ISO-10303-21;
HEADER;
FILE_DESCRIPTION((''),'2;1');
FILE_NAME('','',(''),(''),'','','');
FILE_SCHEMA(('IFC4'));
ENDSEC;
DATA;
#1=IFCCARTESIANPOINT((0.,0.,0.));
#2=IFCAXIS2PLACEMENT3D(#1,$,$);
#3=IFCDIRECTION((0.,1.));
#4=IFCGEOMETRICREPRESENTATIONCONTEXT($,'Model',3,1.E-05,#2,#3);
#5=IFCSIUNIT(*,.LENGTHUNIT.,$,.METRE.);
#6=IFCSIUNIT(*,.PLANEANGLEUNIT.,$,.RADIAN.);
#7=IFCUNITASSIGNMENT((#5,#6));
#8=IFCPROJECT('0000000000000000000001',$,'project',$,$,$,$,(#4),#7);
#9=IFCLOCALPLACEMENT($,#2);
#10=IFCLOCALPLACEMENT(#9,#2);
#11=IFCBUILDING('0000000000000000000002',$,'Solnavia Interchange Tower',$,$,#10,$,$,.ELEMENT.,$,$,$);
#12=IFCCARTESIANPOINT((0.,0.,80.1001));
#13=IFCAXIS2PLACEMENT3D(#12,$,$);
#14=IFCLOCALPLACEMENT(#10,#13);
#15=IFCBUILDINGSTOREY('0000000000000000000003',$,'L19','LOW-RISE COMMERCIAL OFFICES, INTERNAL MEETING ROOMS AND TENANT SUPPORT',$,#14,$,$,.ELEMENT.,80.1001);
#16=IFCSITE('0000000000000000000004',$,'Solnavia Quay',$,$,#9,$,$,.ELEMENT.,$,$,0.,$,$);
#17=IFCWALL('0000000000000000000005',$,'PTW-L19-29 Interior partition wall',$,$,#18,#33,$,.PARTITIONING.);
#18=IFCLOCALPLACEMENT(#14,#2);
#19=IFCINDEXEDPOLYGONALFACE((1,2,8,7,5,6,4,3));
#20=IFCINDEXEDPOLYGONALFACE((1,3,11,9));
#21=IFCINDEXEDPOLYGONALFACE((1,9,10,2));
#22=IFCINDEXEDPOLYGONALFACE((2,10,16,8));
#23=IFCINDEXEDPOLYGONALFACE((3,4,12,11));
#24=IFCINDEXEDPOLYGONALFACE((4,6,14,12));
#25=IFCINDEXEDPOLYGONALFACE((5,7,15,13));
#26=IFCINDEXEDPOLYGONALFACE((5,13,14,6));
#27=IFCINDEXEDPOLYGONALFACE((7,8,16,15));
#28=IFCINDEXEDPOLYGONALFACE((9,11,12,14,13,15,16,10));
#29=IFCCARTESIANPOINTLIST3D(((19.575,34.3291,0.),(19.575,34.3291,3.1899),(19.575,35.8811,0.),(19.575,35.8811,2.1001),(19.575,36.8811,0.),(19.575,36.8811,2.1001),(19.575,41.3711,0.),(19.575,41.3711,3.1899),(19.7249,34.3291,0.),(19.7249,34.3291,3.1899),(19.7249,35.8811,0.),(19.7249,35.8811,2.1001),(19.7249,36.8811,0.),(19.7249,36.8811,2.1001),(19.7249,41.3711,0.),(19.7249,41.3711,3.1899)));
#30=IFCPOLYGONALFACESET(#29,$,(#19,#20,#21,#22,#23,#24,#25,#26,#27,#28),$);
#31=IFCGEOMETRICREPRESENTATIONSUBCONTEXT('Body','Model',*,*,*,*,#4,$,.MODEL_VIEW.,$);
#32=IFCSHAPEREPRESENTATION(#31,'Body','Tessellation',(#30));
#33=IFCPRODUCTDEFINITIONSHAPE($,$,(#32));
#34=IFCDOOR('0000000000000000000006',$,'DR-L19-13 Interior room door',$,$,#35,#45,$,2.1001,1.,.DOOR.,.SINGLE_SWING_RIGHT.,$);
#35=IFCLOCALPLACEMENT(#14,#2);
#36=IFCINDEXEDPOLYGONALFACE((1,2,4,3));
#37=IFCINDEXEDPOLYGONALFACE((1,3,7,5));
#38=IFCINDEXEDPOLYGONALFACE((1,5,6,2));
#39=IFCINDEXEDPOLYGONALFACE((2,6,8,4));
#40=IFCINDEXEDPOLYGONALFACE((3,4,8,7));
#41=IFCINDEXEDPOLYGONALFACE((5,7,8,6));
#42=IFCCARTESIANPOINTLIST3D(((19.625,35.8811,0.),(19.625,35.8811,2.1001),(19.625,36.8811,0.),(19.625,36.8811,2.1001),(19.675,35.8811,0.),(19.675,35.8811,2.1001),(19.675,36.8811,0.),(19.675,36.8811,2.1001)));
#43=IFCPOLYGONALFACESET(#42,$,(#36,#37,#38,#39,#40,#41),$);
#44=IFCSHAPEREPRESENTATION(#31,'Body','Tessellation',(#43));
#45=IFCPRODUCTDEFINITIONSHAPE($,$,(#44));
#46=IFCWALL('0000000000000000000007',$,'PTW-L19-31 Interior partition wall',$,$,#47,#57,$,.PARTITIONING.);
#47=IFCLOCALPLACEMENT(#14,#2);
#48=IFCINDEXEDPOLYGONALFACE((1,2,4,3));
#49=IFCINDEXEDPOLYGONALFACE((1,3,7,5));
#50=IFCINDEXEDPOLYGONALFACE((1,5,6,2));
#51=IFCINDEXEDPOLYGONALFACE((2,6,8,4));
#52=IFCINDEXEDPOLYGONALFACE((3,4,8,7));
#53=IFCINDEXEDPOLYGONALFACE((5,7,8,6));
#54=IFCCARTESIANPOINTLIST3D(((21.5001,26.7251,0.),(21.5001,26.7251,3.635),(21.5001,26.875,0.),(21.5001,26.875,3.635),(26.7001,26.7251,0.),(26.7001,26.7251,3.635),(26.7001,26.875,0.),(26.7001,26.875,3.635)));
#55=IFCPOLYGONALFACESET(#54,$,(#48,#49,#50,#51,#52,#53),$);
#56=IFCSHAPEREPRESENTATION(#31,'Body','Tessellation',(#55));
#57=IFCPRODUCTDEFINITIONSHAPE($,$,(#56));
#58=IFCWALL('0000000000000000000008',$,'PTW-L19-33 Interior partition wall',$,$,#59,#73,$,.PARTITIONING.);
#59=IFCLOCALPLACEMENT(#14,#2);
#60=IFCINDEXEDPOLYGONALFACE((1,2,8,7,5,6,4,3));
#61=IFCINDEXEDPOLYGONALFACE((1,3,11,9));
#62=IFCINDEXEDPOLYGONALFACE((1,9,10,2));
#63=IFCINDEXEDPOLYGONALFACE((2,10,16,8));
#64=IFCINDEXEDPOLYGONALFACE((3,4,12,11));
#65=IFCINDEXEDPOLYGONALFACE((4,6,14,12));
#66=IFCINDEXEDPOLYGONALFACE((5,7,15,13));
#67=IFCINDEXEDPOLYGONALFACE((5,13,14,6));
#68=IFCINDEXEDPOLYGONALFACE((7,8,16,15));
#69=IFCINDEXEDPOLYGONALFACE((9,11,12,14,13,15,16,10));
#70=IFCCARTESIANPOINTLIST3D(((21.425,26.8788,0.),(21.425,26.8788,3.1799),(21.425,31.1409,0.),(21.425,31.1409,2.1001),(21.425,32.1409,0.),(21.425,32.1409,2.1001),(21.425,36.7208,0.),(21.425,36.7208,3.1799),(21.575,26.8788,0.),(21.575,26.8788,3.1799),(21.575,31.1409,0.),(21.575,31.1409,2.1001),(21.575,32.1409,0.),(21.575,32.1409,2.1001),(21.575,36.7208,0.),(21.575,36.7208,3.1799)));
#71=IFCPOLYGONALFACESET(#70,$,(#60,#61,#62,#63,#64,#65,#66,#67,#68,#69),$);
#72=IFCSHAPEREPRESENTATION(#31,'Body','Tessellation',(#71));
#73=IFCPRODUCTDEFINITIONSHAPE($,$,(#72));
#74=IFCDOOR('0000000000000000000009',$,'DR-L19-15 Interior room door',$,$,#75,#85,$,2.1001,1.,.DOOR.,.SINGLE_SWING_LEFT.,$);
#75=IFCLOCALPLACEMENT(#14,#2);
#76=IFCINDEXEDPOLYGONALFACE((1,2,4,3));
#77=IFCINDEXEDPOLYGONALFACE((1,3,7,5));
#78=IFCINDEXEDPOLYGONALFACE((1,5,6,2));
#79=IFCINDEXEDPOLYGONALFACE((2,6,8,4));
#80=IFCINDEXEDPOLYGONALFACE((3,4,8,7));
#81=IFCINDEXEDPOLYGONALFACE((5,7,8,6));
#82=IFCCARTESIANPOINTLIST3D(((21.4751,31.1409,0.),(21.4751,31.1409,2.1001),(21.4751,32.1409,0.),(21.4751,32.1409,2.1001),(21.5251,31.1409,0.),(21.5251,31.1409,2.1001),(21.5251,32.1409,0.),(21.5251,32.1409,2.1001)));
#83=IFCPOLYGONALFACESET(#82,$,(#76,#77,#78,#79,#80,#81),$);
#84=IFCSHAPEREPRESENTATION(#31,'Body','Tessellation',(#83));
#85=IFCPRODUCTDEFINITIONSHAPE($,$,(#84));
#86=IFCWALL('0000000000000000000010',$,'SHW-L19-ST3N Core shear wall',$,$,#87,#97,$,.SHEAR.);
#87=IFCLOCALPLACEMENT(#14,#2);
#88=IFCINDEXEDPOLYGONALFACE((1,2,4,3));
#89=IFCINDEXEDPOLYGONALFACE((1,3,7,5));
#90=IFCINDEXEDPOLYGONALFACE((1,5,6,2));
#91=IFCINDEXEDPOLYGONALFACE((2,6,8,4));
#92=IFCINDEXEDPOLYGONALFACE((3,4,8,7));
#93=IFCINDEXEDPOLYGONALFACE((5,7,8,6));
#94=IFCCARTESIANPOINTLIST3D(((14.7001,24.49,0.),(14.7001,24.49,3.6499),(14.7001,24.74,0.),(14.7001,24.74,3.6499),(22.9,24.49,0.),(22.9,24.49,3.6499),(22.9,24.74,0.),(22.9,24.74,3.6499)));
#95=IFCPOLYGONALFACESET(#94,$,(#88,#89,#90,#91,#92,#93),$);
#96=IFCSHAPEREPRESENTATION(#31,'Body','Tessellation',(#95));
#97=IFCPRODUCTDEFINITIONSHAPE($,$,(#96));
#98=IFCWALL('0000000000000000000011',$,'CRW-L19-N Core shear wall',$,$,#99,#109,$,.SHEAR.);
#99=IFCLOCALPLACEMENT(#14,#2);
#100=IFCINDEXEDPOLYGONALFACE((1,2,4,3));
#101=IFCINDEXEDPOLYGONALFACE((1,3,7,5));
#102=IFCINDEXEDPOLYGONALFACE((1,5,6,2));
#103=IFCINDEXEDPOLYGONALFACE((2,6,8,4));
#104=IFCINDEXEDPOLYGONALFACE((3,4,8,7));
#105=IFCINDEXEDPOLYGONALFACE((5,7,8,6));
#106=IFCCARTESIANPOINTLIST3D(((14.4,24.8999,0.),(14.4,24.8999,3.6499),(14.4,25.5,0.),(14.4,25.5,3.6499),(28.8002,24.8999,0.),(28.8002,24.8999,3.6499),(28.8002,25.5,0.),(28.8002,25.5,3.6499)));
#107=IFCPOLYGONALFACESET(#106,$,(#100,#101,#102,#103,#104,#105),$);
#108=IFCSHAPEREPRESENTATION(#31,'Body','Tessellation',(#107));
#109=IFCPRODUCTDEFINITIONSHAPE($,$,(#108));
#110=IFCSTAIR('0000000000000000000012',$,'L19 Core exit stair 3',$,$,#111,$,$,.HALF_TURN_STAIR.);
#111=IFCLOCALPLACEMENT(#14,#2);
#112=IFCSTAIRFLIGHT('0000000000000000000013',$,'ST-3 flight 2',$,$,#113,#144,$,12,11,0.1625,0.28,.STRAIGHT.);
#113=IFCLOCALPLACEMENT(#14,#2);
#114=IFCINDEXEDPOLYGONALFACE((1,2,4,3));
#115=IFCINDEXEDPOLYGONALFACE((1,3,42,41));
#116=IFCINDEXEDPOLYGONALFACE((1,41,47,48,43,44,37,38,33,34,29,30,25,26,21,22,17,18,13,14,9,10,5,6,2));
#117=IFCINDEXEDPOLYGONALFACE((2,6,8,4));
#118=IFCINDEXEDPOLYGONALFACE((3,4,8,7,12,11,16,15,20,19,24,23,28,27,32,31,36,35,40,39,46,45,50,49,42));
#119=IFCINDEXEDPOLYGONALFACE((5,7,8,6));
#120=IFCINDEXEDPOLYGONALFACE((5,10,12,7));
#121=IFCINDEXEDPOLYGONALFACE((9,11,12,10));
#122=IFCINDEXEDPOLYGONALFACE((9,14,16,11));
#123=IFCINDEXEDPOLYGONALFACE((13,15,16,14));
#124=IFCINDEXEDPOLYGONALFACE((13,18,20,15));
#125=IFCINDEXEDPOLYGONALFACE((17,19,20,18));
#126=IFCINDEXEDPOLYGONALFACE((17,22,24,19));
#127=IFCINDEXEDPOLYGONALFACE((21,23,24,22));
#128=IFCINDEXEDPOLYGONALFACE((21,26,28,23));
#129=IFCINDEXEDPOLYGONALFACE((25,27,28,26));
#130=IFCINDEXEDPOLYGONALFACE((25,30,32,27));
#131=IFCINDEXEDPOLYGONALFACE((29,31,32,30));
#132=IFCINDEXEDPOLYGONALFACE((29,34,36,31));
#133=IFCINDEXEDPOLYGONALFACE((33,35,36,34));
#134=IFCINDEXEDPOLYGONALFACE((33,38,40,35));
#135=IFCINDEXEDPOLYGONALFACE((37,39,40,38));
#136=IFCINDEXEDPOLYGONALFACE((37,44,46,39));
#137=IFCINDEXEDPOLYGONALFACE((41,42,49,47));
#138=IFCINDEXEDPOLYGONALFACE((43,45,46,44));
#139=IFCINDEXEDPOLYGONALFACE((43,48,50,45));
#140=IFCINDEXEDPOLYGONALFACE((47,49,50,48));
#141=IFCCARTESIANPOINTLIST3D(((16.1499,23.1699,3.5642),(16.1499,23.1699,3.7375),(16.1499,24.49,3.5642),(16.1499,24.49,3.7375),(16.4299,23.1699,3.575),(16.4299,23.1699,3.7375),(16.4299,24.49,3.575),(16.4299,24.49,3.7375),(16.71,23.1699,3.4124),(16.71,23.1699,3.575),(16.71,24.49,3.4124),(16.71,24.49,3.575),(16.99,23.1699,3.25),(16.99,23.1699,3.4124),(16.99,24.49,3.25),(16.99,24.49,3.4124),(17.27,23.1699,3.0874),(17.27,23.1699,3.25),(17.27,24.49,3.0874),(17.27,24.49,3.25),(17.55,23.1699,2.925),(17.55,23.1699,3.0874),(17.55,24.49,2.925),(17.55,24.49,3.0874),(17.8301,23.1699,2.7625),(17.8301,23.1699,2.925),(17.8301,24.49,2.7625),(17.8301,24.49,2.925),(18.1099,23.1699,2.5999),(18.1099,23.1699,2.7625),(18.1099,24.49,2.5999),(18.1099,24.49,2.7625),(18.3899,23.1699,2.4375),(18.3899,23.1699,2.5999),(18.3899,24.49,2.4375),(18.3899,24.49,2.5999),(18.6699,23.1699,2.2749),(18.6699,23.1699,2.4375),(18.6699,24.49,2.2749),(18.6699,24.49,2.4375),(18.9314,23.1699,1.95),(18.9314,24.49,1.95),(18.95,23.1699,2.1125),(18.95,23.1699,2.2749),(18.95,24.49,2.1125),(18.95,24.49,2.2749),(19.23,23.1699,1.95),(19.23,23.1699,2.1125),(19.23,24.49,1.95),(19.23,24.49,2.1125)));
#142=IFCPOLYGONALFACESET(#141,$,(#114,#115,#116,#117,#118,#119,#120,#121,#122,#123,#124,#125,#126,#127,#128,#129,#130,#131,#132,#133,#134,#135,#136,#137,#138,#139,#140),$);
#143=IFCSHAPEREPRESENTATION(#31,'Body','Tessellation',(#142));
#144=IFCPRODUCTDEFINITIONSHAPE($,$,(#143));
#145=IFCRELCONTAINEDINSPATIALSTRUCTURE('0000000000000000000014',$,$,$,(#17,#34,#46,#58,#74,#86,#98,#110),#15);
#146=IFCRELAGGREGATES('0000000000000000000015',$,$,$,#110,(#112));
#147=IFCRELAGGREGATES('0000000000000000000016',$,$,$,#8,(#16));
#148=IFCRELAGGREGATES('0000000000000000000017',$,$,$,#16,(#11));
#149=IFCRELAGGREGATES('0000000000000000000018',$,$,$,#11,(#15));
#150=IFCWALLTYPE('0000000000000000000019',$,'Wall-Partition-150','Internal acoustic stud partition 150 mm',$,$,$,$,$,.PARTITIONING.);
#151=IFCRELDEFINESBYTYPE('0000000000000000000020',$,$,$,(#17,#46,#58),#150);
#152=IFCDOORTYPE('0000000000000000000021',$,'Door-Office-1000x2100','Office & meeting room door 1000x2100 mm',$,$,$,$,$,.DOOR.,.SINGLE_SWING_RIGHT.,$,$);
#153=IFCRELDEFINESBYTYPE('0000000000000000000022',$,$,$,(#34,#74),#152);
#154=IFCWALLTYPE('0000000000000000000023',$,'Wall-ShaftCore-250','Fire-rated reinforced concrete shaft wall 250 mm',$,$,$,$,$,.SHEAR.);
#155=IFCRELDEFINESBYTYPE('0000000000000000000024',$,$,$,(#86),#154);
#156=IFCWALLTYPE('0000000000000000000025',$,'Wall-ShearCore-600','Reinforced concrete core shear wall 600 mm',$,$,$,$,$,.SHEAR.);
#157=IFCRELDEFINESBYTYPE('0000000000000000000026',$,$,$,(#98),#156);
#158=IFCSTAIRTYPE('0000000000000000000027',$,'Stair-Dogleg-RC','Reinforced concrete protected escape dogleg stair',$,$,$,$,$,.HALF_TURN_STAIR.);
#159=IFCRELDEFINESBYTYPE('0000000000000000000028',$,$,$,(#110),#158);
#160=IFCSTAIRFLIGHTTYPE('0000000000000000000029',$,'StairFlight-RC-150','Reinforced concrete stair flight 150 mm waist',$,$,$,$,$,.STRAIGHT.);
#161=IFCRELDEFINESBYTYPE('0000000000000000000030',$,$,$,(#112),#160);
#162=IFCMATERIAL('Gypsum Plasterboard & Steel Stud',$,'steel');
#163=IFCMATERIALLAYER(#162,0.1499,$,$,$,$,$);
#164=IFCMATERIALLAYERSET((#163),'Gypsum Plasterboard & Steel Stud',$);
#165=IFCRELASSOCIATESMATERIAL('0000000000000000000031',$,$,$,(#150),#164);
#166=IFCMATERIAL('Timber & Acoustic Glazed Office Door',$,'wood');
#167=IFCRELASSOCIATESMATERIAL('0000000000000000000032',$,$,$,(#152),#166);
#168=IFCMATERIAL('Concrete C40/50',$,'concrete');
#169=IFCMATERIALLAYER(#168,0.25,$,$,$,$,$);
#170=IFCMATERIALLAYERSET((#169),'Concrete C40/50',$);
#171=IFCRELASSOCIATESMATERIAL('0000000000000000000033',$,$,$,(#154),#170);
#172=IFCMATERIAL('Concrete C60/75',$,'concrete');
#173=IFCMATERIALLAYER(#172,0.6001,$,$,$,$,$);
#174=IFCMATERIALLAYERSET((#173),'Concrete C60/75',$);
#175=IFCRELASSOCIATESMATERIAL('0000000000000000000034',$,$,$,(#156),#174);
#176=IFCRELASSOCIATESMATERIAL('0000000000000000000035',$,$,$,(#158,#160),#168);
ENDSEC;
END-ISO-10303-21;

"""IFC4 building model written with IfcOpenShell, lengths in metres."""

from ifc_helpers import new_model, si_unit, direction, frame, frame_2d, origin, place, context, subcontext, project, spatial, polyline, rectangle, outline, extrude, material, layer, layer_set, type_object, element, fill, aggregate, save


model = new_model("IFC4")

# Units and contexts
model_context = context("Model", 3, precision=1e-05, world=origin(), true_north=direction((0.0, 1.0)))
body_context = subcontext(model_context, "Body", "Model", "MODEL_VIEW")
ifc_project = project(units=[si_unit("LENGTHUNIT", "METRE"), si_unit("PLANEANGLEUNIT", "RADIAN")], contexts=[model_context])

# Site, building, storey
site_placement = place(None, origin())
site = spatial("IfcSite", under=ifc_project, at=site_placement, Name="Solnavia Quay", CompositionType="ELEMENT", RefElevation=0.0)
building_placement = place(site_placement, origin())
building = spatial("IfcBuilding", under=site, at=building_placement, Name="Solnavia Interchange Tower", CompositionType="ELEMENT")
storey_placement = place(building_placement, frame((0.0, 0.0, 80.1001)))
storey = spatial("IfcBuildingStorey", under=building, at=storey_placement, Name="L19", Description="LOW-RISE COMMERCIAL OFFICES, INTERNAL MEETING ROOMS AND TENANT SUPPORT", CompositionType="ELEMENT", Elevation=80.1001)

# Shared definitions
ifc_material_1 = material(Name="Concrete C60/75", Category="concrete")

# Wall, opening, door
ifc_material_2 = material(Name="Gypsum Plasterboard & Steel Stud", Category="steel")
ifc_layer_1 = layer(ifc_material_2, 0.1499)
ifc_layer_set_1 = layer_set([ifc_layer_1], Name="Gypsum Plasterboard & Steel Stud")
wall_type_1 = type_object("IfcWallType", Name="Wall-Partition-150", Description="Internal acoustic stud partition 150 mm", PredefinedType="PARTITIONING", material=ifc_layer_set_1)
ifc_material_3 = material(Name="Timber & Acoustic Glazed Office Door", Category="wood")
door_type = type_object("IfcDoorType", Name="Door-Office-1000x2100", Description="Office & meeting room door 1000x2100 mm", OperationType="SINGLE_SWING_RIGHT", PredefinedType="DOOR", material=ifc_material_3)
wall_1_placement = place(storey_placement, frame((19.6499, 34.3291, 0.0), z_axis=(0.0, 0.0, 1.0), x_axis=(0.0, 1.0, 0.0)))
wall_1 = element("IfcWall", 1, at=wall_1_placement, inside=storey, type_object=wall_type_1, Name="PTW-L19-29 Interior partition wall", PredefinedType="PARTITIONING", context=body_context, shape_type="SweptSolid", body=[
    extrude(rectangle(XDim=7.042, YDim=0.1499, at=frame_2d((3.521, 0.0))), origin(), (0.0, 0.0, 1.0), 3.1899),
])
opening_1_placement = place(wall_1_placement, frame((1.552, 0.0, 0.0)))
opening_1 = element("IfcOpeningElement", 2, at=opening_1_placement, cuts=wall_1, PredefinedType="OPENING", context=body_context, shape_type="SweptSolid", body=[
    extrude(rectangle(XDim=1.0, YDim=2.1001, at=frame_2d((0.5, 1.05))), frame((0.0, 0.085, 0.0), z_axis=(0.0, -1.0, 0.0), x_axis=(1.0, 0.0, 0.0)), (0.0, 0.0, 1.0), 0.1699),
])
door_1_placement = place(opening_1_placement, origin())
door_1 = element("IfcDoor", 3, at=door_1_placement, inside=storey, type_object=door_type, Name="DR-L19-13 Interior room door", OperationType="SINGLE_SWING_RIGHT", OverallHeight=2.1001, OverallWidth=1.0, PredefinedType="DOOR", context=body_context, shape_type="SweptSolid", body=[
    extrude(rectangle(XDim=1.0, YDim=2.1001, at=frame_2d((0.5, 1.05))), frame((0.0, 0.0249, 0.0), z_axis=(0.0, -1.0, 0.0), x_axis=(1.0, 0.0, 0.0)), (0.0, 0.0, 1.0), 0.05),
])
fill(opening_1, door_1)

# Wall
wall_2_placement = place(storey_placement, frame((21.5, 26.8, 0.0), z_axis=(0.0, 0.0, 1.0), x_axis=(1.0, 0.0, 0.0)))
element("IfcWall", 4, at=wall_2_placement, inside=storey, type_object=wall_type_1, Name="PTW-L19-31 Interior partition wall", PredefinedType="PARTITIONING", context=body_context, shape_type="SweptSolid", body=[
    extrude(rectangle(XDim=5.2, YDim=0.1499, at=frame_2d((2.6001, 0.0))), origin(), (0.0, 0.0, 1.0), 3.635),
])

# Wall, opening, door
wall_3_placement = place(storey_placement, frame((21.5, 26.8789, 0.0), z_axis=(0.0, 0.0, 1.0), x_axis=(0.0, 1.0, 0.0)))
wall_3 = element("IfcWall", 5, at=wall_3_placement, inside=storey, type_object=wall_type_1, Name="PTW-L19-33 Interior partition wall", PredefinedType="PARTITIONING", context=body_context, shape_type="SweptSolid", body=[
    extrude(rectangle(XDim=9.842, YDim=0.1499, at=frame_2d((4.9209, 0.0))), origin(), (0.0, 0.0, 1.0), 3.1799),
])
opening_2_placement = place(wall_3_placement, frame((4.262, 0.0, 0.0)))
opening_2 = element("IfcOpeningElement", 6, at=opening_2_placement, cuts=wall_3, PredefinedType="OPENING", context=body_context, shape_type="SweptSolid", body=[
    extrude(rectangle(XDim=1.0, YDim=2.1001, at=frame_2d((0.5, 1.05))), frame((0.0, 0.085, 0.0), z_axis=(0.0, -1.0, 0.0), x_axis=(1.0, 0.0, 0.0)), (0.0, 0.0, 1.0), 0.1699),
])
door_2_placement = place(opening_2_placement, origin())
door_2 = element("IfcDoor", 7, at=door_2_placement, inside=storey, type_object=door_type, Name="DR-L19-15 Interior room door", OperationType="SINGLE_SWING_LEFT", OverallHeight=2.1001, OverallWidth=1.0, PredefinedType="DOOR", context=body_context, shape_type="SweptSolid", body=[
    extrude(rectangle(XDim=1.0, YDim=2.1001, at=frame_2d((0.5, 1.05))), frame((0.0, 0.0249, 0.0), z_axis=(0.0, -1.0, 0.0), x_axis=(1.0, 0.0, 0.0)), (0.0, 0.0, 1.0), 0.05),
])
fill(opening_2, door_2)

# Walls
ifc_material_4 = material(Name="Concrete C40/50", Category="concrete")
ifc_layer_2 = layer(ifc_material_4, 0.25)
ifc_layer_set_2 = layer_set([ifc_layer_2], Name="Concrete C40/50")
wall_type_2 = type_object("IfcWallType", Name="Wall-ShaftCore-250", Description="Fire-rated reinforced concrete shaft wall 250 mm", PredefinedType="SHEAR", material=ifc_layer_set_2)
wall_4_placement = place(storey_placement, frame((14.7, 24.615, 0.0), z_axis=(0.0, 0.0, 1.0), x_axis=(1.0, 0.0, 0.0)))
element("IfcWall", 8, at=wall_4_placement, inside=storey, type_object=wall_type_2, Name="SHW-L19-ST3N Core shear wall", PredefinedType="SHEAR", context=body_context, shape_type="SweptSolid", body=[
    extrude(rectangle(XDim=8.2, YDim=0.25, at=frame_2d((4.1001, 0.0))), origin(), (0.0, 0.0, 1.0), 3.6499),
])
ifc_layer_3 = layer(ifc_material_1, 0.6001)
ifc_layer_set_3 = layer_set([ifc_layer_3], Name="Concrete C60/75")
wall_type_3 = type_object("IfcWallType", Name="Wall-ShearCore-600", Description="Reinforced concrete core shear wall 600 mm", PredefinedType="SHEAR", material=ifc_layer_set_3)
wall_5_placement = place(storey_placement, frame((14.3999, 25.2, 0.0), z_axis=(0.0, 0.0, 1.0), x_axis=(1.0, 0.0, 0.0)))
element("IfcWall", 9, at=wall_5_placement, inside=storey, type_object=wall_type_3, Name="CRW-L19-N Core shear wall", PredefinedType="SHEAR", context=body_context, shape_type="SweptSolid", body=[
    extrude(rectangle(XDim=14.4001, YDim=0.6001, at=frame_2d((7.2002, 0.0))), origin(), (0.0, 0.0, 1.0), 3.6499),
])

# Stair, stair flight
stair_type = type_object("IfcStairType", Name="Stair-Dogleg-RC", Description="Reinforced concrete protected escape dogleg stair", PredefinedType="HALF_TURN_STAIR", material=ifc_material_4)
stair_placement = place(storey_placement, origin())
stair = element("IfcStair", 10, at=stair_placement, inside=storey, type_object=stair_type, Name="L19 Core exit stair 3", PredefinedType="HALF_TURN_STAIR")
stair_flight_type = type_object("IfcStairFlightType", Name="StairFlight-RC-150", Description="Reinforced concrete stair flight 150 mm waist", PredefinedType="STRAIGHT", material=ifc_material_4)
stair_flight_placement = place(storey_placement, frame((19.23, 23.8301, 1.95), z_axis=(0.0, 0.0, 1.0), x_axis=(-1.0, 0.0, 0.0)))
stair_flight = element("IfcStairFlight", 11, at=stair_flight_placement, type_object=stair_flight_type, Name="ST-3 flight 2", NumberOfRisers=12, NumberOfTreads=11, PredefinedType="STRAIGHT", RiserHeight=0.1625, TreadLength=0.28, context=body_context, shape_type="SweptSolid", body=[
    extrude(outline(polyline([(0.0, 0.0), (0.0, 0.1626), (0.28, 0.1626), (0.28, 0.325), (0.5601, 0.325), (0.5601, 0.4875), (0.8401, 0.4875), (0.8401, 0.6499), (1.1201, 0.6499), (1.1201, 0.8125), (1.3999, 0.8125), (1.3999, 0.9751), (1.6799, 0.9751), (1.6799, 1.1375), (1.96, 1.1375), (1.96, 1.3), (2.24, 1.3), (2.24, 1.4624), (2.52, 1.4624), (2.52, 1.625), (2.8, 1.625), (2.8, 1.7876), (3.0801, 1.7876), (3.0801, 1.95), (3.0801, 1.6143), (0.2986, 0.0), (0.0, 0.0)])), frame((0.0, 0.6602, 0.0), z_axis=(0.0, -1.0, 0.0), x_axis=(1.0, 0.0, 0.0)), (0.0, 0.0, 1.0), 1.3201),
])
aggregate(stair, [stair_flight])

save(model, "model.ifc")
